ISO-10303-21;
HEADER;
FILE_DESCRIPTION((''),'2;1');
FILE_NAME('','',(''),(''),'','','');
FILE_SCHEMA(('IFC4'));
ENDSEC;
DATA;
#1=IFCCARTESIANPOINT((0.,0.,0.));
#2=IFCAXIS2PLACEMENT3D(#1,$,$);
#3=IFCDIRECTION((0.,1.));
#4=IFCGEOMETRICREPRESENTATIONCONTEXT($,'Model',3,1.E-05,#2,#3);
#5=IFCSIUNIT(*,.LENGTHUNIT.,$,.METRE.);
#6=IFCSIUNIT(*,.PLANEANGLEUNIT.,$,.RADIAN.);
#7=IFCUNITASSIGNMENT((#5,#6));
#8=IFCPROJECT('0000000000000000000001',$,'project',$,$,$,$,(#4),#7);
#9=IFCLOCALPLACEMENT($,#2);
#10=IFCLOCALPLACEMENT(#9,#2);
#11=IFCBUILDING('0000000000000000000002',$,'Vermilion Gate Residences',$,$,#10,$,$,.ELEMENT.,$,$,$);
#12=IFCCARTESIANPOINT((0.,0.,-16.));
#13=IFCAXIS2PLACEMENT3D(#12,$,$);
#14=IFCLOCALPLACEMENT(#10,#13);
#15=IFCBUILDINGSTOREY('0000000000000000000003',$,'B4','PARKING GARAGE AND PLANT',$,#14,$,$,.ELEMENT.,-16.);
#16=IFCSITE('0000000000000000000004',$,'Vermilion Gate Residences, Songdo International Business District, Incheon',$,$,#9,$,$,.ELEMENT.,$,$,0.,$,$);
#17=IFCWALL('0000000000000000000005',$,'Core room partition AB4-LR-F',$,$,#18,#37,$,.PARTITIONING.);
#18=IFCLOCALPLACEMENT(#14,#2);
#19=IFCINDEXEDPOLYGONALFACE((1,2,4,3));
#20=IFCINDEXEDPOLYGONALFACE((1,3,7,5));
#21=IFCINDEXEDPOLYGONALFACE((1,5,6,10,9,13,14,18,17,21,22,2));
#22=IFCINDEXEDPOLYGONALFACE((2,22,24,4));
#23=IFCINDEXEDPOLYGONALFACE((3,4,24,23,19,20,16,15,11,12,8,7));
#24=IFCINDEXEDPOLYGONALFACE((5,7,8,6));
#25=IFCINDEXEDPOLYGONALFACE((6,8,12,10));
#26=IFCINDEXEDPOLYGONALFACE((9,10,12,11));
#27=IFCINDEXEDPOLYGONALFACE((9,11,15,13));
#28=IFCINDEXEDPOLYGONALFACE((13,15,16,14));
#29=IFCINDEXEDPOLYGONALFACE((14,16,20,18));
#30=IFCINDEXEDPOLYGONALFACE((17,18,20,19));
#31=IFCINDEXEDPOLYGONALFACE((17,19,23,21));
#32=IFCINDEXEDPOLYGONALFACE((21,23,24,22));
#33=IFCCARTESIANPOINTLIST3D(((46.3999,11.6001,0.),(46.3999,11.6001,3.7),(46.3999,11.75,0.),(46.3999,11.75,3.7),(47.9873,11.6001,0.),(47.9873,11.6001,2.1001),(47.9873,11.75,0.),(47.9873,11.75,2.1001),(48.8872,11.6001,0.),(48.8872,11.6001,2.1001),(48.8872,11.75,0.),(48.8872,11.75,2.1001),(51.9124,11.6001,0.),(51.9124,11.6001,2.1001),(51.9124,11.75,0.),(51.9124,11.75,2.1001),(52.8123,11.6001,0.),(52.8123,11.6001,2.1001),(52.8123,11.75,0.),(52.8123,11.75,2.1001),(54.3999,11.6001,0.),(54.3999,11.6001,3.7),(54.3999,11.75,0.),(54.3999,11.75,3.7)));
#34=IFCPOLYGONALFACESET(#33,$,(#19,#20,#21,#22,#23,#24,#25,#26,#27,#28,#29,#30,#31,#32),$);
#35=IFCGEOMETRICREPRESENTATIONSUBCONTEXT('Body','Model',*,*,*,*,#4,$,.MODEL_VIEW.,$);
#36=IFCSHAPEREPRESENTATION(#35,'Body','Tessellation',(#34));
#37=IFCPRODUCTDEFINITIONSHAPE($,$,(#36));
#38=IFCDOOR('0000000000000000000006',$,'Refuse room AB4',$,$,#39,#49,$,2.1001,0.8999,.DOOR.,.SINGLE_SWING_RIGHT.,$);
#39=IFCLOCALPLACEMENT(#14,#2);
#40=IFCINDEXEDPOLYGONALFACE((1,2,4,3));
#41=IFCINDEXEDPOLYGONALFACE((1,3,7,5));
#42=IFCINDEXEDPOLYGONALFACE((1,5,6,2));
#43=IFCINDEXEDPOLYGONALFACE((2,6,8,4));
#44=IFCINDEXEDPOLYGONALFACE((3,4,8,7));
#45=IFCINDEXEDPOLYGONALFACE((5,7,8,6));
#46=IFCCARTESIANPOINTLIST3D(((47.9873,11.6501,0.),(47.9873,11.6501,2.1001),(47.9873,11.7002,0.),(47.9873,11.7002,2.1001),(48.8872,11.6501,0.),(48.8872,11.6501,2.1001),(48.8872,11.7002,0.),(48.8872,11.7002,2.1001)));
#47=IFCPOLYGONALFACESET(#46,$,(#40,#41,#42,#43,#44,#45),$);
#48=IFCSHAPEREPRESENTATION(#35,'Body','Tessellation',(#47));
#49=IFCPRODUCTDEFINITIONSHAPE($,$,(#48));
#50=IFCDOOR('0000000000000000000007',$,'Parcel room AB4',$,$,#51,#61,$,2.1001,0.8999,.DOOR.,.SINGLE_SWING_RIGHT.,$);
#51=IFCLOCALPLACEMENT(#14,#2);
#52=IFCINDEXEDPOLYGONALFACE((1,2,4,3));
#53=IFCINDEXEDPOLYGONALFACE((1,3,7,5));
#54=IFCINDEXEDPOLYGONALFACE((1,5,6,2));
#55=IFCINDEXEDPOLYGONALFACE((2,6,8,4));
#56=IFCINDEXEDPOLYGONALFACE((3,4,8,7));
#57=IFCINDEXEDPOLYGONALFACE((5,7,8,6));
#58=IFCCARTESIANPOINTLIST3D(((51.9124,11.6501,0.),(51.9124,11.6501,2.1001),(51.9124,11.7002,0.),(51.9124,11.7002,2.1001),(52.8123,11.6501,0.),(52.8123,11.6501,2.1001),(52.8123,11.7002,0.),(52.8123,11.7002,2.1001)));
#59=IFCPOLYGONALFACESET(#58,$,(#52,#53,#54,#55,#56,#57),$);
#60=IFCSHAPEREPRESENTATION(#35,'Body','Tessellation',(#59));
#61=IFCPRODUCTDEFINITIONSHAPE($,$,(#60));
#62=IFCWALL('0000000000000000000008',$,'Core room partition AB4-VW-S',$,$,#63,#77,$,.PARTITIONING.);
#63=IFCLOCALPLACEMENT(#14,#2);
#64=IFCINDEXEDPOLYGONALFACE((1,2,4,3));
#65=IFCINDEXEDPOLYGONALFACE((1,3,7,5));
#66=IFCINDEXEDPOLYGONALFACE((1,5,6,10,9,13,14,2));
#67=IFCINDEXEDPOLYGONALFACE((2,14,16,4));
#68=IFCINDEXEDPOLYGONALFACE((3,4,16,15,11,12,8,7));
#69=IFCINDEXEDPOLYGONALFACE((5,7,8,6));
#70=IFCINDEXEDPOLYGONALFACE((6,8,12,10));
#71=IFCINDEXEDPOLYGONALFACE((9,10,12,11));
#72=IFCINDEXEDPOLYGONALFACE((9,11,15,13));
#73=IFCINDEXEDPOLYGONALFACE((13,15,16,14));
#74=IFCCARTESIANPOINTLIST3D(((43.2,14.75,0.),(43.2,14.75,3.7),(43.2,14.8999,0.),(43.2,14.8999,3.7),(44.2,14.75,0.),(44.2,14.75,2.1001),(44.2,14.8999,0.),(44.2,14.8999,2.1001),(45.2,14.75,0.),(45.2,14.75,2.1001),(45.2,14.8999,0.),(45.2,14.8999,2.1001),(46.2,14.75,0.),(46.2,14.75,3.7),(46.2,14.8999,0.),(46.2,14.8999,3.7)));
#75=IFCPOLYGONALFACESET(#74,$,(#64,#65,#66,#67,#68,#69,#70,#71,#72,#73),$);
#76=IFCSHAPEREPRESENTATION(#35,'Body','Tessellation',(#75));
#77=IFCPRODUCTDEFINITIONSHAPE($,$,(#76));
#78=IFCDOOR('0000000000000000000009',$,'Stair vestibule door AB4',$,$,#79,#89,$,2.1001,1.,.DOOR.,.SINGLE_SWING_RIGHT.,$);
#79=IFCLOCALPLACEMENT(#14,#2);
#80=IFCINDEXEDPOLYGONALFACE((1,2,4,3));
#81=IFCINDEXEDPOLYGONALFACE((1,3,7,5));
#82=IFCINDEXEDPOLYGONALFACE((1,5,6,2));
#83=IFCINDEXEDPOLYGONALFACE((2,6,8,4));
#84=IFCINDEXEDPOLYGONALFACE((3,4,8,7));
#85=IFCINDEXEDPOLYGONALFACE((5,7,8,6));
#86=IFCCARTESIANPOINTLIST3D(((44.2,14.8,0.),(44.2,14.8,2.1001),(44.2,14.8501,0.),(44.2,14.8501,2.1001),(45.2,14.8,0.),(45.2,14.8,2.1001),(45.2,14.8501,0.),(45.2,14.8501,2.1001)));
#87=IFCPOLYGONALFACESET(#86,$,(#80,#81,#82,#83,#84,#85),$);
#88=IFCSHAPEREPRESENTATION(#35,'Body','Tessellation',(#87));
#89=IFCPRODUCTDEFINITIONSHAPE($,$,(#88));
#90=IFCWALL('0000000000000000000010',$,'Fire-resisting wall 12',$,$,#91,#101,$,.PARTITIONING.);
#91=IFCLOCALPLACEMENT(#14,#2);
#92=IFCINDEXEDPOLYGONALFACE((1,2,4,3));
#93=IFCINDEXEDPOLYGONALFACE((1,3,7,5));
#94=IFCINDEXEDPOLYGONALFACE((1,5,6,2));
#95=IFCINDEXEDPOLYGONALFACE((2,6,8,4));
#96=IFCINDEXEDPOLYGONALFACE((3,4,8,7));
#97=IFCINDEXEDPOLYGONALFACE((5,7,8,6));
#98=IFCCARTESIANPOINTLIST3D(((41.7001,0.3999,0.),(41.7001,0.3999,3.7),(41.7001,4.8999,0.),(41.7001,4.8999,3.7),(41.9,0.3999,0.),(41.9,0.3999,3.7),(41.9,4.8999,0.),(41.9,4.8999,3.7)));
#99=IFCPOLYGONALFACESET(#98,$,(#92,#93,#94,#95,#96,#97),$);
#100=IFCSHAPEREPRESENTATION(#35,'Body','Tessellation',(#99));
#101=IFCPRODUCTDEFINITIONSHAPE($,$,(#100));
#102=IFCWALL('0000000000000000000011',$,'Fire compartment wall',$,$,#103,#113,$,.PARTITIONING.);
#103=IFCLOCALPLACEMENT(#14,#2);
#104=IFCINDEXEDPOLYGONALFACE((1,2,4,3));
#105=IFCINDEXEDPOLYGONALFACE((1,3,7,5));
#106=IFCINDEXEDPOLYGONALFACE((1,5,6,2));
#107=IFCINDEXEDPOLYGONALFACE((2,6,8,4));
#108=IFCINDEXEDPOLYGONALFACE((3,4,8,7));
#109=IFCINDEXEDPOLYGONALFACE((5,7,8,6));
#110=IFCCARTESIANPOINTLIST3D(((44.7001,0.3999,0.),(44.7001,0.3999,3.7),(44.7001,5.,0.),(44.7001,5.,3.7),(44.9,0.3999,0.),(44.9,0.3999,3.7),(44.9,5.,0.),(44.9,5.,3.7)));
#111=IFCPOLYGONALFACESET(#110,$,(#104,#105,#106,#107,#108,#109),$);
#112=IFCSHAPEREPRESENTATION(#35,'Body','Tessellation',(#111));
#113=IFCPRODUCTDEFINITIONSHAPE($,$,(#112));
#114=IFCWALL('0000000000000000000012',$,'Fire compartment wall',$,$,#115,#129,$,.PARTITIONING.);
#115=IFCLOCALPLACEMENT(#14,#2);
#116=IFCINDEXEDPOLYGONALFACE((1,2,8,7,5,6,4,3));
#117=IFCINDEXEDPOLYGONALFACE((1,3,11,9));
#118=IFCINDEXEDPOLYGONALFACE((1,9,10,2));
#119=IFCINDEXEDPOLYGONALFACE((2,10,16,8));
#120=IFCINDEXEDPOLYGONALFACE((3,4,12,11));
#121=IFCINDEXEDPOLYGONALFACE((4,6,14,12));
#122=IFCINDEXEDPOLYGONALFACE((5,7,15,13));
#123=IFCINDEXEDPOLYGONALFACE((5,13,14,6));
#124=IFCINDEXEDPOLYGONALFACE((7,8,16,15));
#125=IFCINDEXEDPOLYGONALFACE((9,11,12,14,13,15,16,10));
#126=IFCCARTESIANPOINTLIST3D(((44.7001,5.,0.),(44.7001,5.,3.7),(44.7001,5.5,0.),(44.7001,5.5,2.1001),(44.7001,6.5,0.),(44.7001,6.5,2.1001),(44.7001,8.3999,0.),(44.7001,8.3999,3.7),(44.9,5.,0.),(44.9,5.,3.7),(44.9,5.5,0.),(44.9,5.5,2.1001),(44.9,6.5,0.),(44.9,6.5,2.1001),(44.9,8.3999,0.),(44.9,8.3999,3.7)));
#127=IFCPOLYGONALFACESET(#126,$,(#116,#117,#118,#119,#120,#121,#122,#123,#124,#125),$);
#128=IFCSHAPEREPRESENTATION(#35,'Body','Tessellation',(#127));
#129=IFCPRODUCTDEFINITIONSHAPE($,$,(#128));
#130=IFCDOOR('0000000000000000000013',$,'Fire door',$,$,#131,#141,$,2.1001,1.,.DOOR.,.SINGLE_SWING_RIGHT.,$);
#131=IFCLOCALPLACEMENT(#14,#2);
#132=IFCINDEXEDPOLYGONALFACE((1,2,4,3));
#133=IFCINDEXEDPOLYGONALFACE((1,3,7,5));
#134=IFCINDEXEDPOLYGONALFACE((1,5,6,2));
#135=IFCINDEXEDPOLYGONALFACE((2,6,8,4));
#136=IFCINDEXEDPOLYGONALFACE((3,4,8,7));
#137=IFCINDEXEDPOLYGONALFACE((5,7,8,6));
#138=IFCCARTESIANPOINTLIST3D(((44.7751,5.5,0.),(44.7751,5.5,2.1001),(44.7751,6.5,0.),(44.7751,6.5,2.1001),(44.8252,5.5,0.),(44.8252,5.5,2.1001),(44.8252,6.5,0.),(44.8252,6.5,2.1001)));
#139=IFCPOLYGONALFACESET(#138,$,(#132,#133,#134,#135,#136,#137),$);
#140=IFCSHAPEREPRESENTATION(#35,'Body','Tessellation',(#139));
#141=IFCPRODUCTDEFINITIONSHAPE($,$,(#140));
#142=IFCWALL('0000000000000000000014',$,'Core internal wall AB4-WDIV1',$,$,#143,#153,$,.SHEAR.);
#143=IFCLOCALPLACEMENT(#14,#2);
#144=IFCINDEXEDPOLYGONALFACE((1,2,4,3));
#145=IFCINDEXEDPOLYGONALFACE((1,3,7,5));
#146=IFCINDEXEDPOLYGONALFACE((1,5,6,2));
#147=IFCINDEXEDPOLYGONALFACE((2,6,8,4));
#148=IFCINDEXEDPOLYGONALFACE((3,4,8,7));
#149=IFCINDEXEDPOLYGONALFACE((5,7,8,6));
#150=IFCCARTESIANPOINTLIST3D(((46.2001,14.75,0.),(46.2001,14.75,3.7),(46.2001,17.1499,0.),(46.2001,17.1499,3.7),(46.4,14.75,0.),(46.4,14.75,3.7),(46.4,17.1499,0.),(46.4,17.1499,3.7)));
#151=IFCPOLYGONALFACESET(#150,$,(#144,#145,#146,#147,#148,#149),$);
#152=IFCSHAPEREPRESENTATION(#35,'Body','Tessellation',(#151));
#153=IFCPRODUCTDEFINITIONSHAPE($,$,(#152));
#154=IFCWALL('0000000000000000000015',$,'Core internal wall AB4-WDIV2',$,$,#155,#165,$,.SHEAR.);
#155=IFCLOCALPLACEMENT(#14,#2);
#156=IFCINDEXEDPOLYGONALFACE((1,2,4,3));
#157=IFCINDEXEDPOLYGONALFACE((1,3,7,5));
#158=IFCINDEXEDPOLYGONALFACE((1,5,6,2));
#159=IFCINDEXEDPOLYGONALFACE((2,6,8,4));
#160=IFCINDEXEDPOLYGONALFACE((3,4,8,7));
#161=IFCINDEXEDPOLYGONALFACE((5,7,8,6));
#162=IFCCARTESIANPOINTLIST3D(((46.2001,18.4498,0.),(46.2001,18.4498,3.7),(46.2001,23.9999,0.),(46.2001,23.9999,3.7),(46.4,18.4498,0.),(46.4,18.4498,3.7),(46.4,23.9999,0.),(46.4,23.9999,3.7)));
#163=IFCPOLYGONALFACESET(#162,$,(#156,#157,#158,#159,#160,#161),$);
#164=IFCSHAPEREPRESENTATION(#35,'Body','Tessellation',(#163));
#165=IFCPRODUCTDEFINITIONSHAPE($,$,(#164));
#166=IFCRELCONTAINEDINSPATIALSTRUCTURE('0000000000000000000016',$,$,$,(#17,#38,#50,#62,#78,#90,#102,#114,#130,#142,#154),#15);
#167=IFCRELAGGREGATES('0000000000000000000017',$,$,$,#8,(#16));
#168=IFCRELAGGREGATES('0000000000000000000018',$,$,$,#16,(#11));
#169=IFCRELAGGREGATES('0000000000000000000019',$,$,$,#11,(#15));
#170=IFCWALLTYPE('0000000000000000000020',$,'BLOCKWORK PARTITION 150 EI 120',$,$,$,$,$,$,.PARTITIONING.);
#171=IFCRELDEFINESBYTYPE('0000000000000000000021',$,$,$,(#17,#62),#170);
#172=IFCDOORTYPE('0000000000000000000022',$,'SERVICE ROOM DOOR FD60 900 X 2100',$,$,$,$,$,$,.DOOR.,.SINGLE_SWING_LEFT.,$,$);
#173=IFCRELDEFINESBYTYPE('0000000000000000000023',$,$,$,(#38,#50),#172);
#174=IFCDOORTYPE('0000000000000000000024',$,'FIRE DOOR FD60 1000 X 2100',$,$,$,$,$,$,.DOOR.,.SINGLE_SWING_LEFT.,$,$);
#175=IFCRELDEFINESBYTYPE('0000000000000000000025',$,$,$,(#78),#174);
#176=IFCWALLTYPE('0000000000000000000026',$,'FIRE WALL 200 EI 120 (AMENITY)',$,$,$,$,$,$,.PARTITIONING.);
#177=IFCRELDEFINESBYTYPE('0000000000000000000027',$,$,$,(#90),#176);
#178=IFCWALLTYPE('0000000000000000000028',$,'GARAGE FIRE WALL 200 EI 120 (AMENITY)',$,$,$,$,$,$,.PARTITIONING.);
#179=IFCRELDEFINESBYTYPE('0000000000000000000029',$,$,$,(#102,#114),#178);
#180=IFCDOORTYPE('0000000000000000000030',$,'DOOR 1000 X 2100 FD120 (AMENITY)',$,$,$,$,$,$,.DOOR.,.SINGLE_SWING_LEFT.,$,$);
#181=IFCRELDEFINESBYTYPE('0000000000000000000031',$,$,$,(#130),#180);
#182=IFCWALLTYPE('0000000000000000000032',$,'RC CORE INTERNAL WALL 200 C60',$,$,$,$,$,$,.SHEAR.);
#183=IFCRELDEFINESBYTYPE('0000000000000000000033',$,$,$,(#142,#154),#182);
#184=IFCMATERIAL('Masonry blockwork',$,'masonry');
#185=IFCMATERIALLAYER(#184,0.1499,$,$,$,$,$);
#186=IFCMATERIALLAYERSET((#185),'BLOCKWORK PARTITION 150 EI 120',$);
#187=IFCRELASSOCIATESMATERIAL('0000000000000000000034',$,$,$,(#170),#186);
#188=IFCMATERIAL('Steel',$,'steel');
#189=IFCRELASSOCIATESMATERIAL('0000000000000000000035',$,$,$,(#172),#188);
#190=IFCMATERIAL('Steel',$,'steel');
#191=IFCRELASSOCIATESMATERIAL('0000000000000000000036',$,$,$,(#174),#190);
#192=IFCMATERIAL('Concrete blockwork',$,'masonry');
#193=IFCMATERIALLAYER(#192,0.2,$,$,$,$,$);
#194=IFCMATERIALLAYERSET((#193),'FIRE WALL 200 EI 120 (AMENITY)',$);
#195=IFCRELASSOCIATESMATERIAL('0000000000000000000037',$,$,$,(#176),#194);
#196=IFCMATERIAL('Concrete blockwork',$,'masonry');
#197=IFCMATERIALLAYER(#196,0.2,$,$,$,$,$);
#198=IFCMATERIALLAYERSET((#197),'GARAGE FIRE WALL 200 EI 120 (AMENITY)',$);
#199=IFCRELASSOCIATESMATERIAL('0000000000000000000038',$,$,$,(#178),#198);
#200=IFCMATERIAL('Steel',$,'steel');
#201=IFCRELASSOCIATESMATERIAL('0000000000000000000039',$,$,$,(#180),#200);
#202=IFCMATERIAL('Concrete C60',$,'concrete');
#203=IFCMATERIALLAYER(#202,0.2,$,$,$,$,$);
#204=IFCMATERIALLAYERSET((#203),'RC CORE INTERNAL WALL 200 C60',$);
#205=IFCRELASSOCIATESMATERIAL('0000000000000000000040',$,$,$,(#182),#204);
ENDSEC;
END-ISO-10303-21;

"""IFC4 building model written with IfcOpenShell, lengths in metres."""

from ifc_helpers import new_model, si_unit, direction, frame, frame_2d, origin, place, context, subcontext, project, spatial, rectangle, extrude, material, layer, layer_set, type_object, element, fill, save


model = new_model("IFC4")

# Units and contexts
model_context = context("Model", 3, precision=1e-05, world=origin(), true_north=direction((0.0, 1.0)))
body_context = subcontext(model_context, "Body", "Model", "MODEL_VIEW")
ifc_project = project(units=[si_unit("LENGTHUNIT", "METRE"), si_unit("PLANEANGLEUNIT", "RADIAN")], contexts=[model_context])

# Site, building, storey
site_placement = place(None, origin())
site = spatial("IfcSite", under=ifc_project, at=site_placement, Name="Vermilion Gate Residences, Songdo International Business District, Incheon", CompositionType="ELEMENT", RefElevation=0.0)
building_placement = place(site_placement, origin())
building = spatial("IfcBuilding", under=site, at=building_placement, Name="Vermilion Gate Residences", CompositionType="ELEMENT")
storey_placement = place(building_placement, frame((0.0, 0.0, -16.0)))
storey = spatial("IfcBuildingStorey", under=building, at=storey_placement, Name="B4", Description="PARKING GARAGE AND PLANT", CompositionType="ELEMENT", Elevation=-16.0)

# Shared definitions
ifc_material_1 = material(Name="Masonry blockwork", Category="masonry")
ifc_layer_1 = layer(ifc_material_1, 0.1499)
ifc_layer_set_1 = layer_set([ifc_layer_1], Name="BLOCKWORK PARTITION 150 EI 120")
wall_type_1 = type_object("IfcWallType", Name="BLOCKWORK PARTITION 150 EI 120", PredefinedType="PARTITIONING", material=ifc_layer_set_1)

# Wall, openings, doors
wall_1_placement = place(storey_placement, frame((46.3999, 11.675, 0.0), z_axis=(0.0, 0.0, 1.0), x_axis=(1.0, 0.0, 0.0)))
wall_1 = element("IfcWall", 1, at=wall_1_placement, inside=storey, type_object=wall_type_1, Name="Core room partition AB4-LR-F", PredefinedType="PARTITIONING", context=body_context, shape_type="SweptSolid", body=[
    extrude(rectangle(XDim=8.0, YDim=0.1499, at=frame_2d((4.0, 0.0))), origin(), (0.0, 0.0, 1.0), 3.7),
])
opening_1_placement = place(wall_1_placement, frame((1.5874, 0.0, 0.0)))
opening_1 = element("IfcOpeningElement", 2, at=opening_1_placement, cuts=wall_1, PredefinedType="OPENING", context=body_context, shape_type="SweptSolid", body=[
    extrude(rectangle(XDim=0.8999, YDim=2.1001, at=frame_2d((0.45, 1.05))), frame((0.0, 0.085, 0.0), z_axis=(0.0, -1.0, 0.0), x_axis=(1.0, 0.0, 0.0)), (0.0, 0.0, 1.0), 0.1699),
])
opening_2_placement = place(wall_1_placement, frame((5.5125, 0.0, 0.0)))
opening_2 = element("IfcOpeningElement", 3, at=opening_2_placement, cuts=wall_1, PredefinedType="OPENING", context=body_context, shape_type="SweptSolid", body=[
    extrude(rectangle(XDim=0.8999, YDim=2.1001, at=frame_2d((0.45, 1.05))), frame((0.0, 0.085, 0.0), z_axis=(0.0, -1.0, 0.0), x_axis=(1.0, 0.0, 0.0)), (0.0, 0.0, 1.0), 0.1699),
])
ifc_material_2 = material(Name="Steel", Category="steel")
door_type_1 = type_object("IfcDoorType", Name="SERVICE ROOM DOOR FD60 900 X 2100", OperationType="SINGLE_SWING_LEFT", PredefinedType="DOOR", material=ifc_material_2)
door_1_placement = place(opening_1_placement, frame((0.8999, 0.0, 0.0), z_axis=(0.0, 0.0, 1.0), x_axis=(-1.0, 0.0, 0.0)))
door_1 = element("IfcDoor", 4, at=door_1_placement, inside=storey, type_object=door_type_1, Name="Refuse room AB4", OperationType="SINGLE_SWING_RIGHT", OverallHeight=2.1001, OverallWidth=0.8999, PredefinedType="DOOR", context=body_context, shape_type="SweptSolid", body=[
    extrude(rectangle(XDim=0.8999, YDim=2.1001, at=frame_2d((0.45, 1.05))), frame((0.0, 0.0249, 0.0), z_axis=(0.0, -1.0, 0.0), x_axis=(1.0, 0.0, 0.0)), (0.0, 0.0, 1.0), 0.05),
])
fill(opening_1, door_1)
door_2_placement = place(opening_2_placement, frame((0.8999, 0.0, 0.0), z_axis=(0.0, 0.0, 1.0), x_axis=(-1.0, 0.0, 0.0)))
door_2 = element("IfcDoor", 5, at=door_2_placement, inside=storey, type_object=door_type_1, Name="Parcel room AB4", OperationType="SINGLE_SWING_RIGHT", OverallHeight=2.1001, OverallWidth=0.8999, PredefinedType="DOOR", context=body_context, shape_type="SweptSolid", body=[
    extrude(rectangle(XDim=0.8999, YDim=2.1001, at=frame_2d((0.45, 1.05))), frame((0.0, 0.0249, 0.0), z_axis=(0.0, -1.0, 0.0), x_axis=(1.0, 0.0, 0.0)), (0.0, 0.0, 1.0), 0.05),
])
fill(opening_2, door_2)

# Wall, opening, door
wall_2_placement = place(storey_placement, frame((43.2, 14.825, 0.0), z_axis=(0.0, 0.0, 1.0), x_axis=(1.0, 0.0, 0.0)))
wall_2 = element("IfcWall", 6, at=wall_2_placement, inside=storey, type_object=wall_type_1, Name="Core room partition AB4-VW-S", PredefinedType="PARTITIONING", context=body_context, shape_type="SweptSolid", body=[
    extrude(rectangle(XDim=3.0, YDim=0.1499, at=frame_2d((1.5, 0.0))), origin(), (0.0, 0.0, 1.0), 3.7),
])
opening_3_placement = place(wall_2_placement, frame((1.0, 0.0, 0.0)))
opening_3 = element("IfcOpeningElement", 7, at=opening_3_placement, cuts=wall_2, PredefinedType="OPENING", context=body_context, shape_type="SweptSolid", body=[
    extrude(rectangle(XDim=1.0, YDim=2.1001, at=frame_2d((0.5, 1.05))), frame((0.0, 0.085, 0.0), z_axis=(0.0, -1.0, 0.0), x_axis=(1.0, 0.0, 0.0)), (0.0, 0.0, 1.0), 0.1699),
])
ifc_material_3 = material(Name="Steel", Category="steel")
door_type_2 = type_object("IfcDoorType", Name="FIRE DOOR FD60 1000 X 2100", OperationType="SINGLE_SWING_LEFT", PredefinedType="DOOR", material=ifc_material_3)
door_3_placement = place(opening_3_placement, frame((1.0, 0.0, 0.0), z_axis=(0.0, 0.0, 1.0), x_axis=(-1.0, 0.0, 0.0)))
door_3 = element("IfcDoor", 8, at=door_3_placement, inside=storey, type_object=door_type_2, Name="Stair vestibule door AB4", OperationType="SINGLE_SWING_RIGHT", OverallHeight=2.1001, OverallWidth=1.0, PredefinedType="DOOR", context=body_context, shape_type="SweptSolid", body=[
    extrude(rectangle(XDim=1.0, YDim=2.1001, at=frame_2d((0.5, 1.05))), frame((0.0, 0.0249, 0.0), z_axis=(0.0, -1.0, 0.0), x_axis=(1.0, 0.0, 0.0)), (0.0, 0.0, 1.0), 0.05),
])
fill(opening_3, door_3)

# Walls
ifc_material_4 = material(Name="Concrete blockwork", Category="masonry")
ifc_layer_2 = layer(ifc_material_4, 0.2)
ifc_layer_set_2 = layer_set([ifc_layer_2], Name="FIRE WALL 200 EI 120 (AMENITY)")
wall_type_2 = type_object("IfcWallType", Name="FIRE WALL 200 EI 120 (AMENITY)", PredefinedType="PARTITIONING", material=ifc_layer_set_2)
wall_3_placement = place(storey_placement, frame((41.8, 0.3999, 0.0), z_axis=(0.0, 0.0, 1.0), x_axis=(0.0, 1.0, 0.0)))
element("IfcWall", 9, at=wall_3_placement, inside=storey, type_object=wall_type_2, Name="Fire-resisting wall 12", PredefinedType="PARTITIONING", context=body_context, shape_type="SweptSolid", body=[
    extrude(rectangle(XDim=4.5, YDim=0.2, at=frame_2d((2.25, 0.0))), origin(), (0.0, 0.0, 1.0), 3.7),
])
ifc_material_5 = material(Name="Concrete blockwork", Category="masonry")
ifc_layer_3 = layer(ifc_material_5, 0.2)
ifc_layer_set_3 = layer_set([ifc_layer_3], Name="GARAGE FIRE WALL 200 EI 120 (AMENITY)")
wall_type_3 = type_object("IfcWallType", Name="GARAGE FIRE WALL 200 EI 120 (AMENITY)", PredefinedType="PARTITIONING", material=ifc_layer_set_3)
wall_4_placement = place(storey_placement, frame((44.8, 0.3999, 0.0), z_axis=(0.0, 0.0, 1.0), x_axis=(0.0, 1.0, 0.0)))
element("IfcWall", 10, at=wall_4_placement, inside=storey, type_object=wall_type_3, Name="Fire compartment wall", PredefinedType="PARTITIONING", context=body_context, shape_type="SweptSolid", body=[
    extrude(rectangle(XDim=4.6001, YDim=0.2, at=frame_2d((2.3, 0.0))), origin(), (0.0, 0.0, 1.0), 3.7),
])

# Wall, opening, door
wall_5_placement = place(storey_placement, frame((44.8, 5.0, 0.0), z_axis=(0.0, 0.0, 1.0), x_axis=(0.0, 1.0, 0.0)))
wall_5 = element("IfcWall", 11, at=wall_5_placement, inside=storey, type_object=wall_type_3, Name="Fire compartment wall", PredefinedType="PARTITIONING", context=body_context, shape_type="SweptSolid", body=[
    extrude(rectangle(XDim=3.3999, YDim=0.2, at=frame_2d((1.7, 0.0))), origin(), (0.0, 0.0, 1.0), 3.7),
])
opening_4_placement = place(wall_5_placement, frame((0.5, 0.0, 0.0)))
opening_4 = element("IfcOpeningElement", 12, at=opening_4_placement, cuts=wall_5, PredefinedType="OPENING", context=body_context, shape_type="SweptSolid", body=[
    extrude(rectangle(XDim=1.0, YDim=2.1001, at=frame_2d((0.5, 1.05))), frame((0.0, 0.1099, 0.0), z_axis=(0.0, -1.0, 0.0), x_axis=(1.0, 0.0, 0.0)), (0.0, 0.0, 1.0), 0.22),
])
ifc_material_6 = material(Name="Steel", Category="steel")
door_type_3 = type_object("IfcDoorType", Name="DOOR 1000 X 2100 FD120 (AMENITY)", OperationType="SINGLE_SWING_LEFT", PredefinedType="DOOR", material=ifc_material_6)
door_4_placement = place(opening_4_placement, origin())
door_4 = element("IfcDoor", 13, at=door_4_placement, inside=storey, type_object=door_type_3, Name="Fire door", OperationType="SINGLE_SWING_RIGHT", OverallHeight=2.1001, OverallWidth=1.0, PredefinedType="DOOR", context=body_context, shape_type="SweptSolid", body=[
    extrude(rectangle(XDim=1.0, YDim=2.1001, at=frame_2d((0.5, 1.05))), frame((0.0, 0.0249, 0.0), z_axis=(0.0, -1.0, 0.0), x_axis=(1.0, 0.0, 0.0)), (0.0, 0.0, 1.0), 0.05),
])
fill(opening_4, door_4)

# Walls
ifc_material_7 = material(Name="Concrete C60", Category="concrete")
ifc_layer_4 = layer(ifc_material_7, 0.2)
ifc_layer_set_4 = layer_set([ifc_layer_4], Name="RC CORE INTERNAL WALL 200 C60")
wall_type_4 = type_object("IfcWallType", Name="RC CORE INTERNAL WALL 200 C60", PredefinedType="SHEAR", material=ifc_layer_set_4)
wall_6_placement = place(storey_placement, frame((46.3, 14.75, 0.0), z_axis=(0.0, 0.0, 1.0), x_axis=(0.0, 1.0, 0.0)))
element("IfcWall", 14, at=wall_6_placement, inside=storey, type_object=wall_type_4, Name="Core internal wall AB4-WDIV1", PredefinedType="SHEAR", context=body_context, shape_type="SweptSolid", body=[
    extrude(rectangle(XDim=2.3999, YDim=0.2, at=frame_2d((1.2, 0.0))), origin(), (0.0, 0.0, 1.0), 3.7),
])
wall_7_placement = place(storey_placement, frame((46.3, 18.45, 0.0), z_axis=(0.0, 0.0, 1.0), x_axis=(0.0, 1.0, 0.0)))
element("IfcWall", 15, at=wall_7_placement, inside=storey, type_object=wall_type_4, Name="Core internal wall AB4-WDIV2", PredefinedType="SHEAR", context=body_context, shape_type="SweptSolid", body=[
    extrude(rectangle(XDim=5.55, YDim=0.2, at=frame_2d((2.7749, 0.0))), origin(), (0.0, 0.0, 1.0), 3.7),
])

save(model, "model.ifc")
